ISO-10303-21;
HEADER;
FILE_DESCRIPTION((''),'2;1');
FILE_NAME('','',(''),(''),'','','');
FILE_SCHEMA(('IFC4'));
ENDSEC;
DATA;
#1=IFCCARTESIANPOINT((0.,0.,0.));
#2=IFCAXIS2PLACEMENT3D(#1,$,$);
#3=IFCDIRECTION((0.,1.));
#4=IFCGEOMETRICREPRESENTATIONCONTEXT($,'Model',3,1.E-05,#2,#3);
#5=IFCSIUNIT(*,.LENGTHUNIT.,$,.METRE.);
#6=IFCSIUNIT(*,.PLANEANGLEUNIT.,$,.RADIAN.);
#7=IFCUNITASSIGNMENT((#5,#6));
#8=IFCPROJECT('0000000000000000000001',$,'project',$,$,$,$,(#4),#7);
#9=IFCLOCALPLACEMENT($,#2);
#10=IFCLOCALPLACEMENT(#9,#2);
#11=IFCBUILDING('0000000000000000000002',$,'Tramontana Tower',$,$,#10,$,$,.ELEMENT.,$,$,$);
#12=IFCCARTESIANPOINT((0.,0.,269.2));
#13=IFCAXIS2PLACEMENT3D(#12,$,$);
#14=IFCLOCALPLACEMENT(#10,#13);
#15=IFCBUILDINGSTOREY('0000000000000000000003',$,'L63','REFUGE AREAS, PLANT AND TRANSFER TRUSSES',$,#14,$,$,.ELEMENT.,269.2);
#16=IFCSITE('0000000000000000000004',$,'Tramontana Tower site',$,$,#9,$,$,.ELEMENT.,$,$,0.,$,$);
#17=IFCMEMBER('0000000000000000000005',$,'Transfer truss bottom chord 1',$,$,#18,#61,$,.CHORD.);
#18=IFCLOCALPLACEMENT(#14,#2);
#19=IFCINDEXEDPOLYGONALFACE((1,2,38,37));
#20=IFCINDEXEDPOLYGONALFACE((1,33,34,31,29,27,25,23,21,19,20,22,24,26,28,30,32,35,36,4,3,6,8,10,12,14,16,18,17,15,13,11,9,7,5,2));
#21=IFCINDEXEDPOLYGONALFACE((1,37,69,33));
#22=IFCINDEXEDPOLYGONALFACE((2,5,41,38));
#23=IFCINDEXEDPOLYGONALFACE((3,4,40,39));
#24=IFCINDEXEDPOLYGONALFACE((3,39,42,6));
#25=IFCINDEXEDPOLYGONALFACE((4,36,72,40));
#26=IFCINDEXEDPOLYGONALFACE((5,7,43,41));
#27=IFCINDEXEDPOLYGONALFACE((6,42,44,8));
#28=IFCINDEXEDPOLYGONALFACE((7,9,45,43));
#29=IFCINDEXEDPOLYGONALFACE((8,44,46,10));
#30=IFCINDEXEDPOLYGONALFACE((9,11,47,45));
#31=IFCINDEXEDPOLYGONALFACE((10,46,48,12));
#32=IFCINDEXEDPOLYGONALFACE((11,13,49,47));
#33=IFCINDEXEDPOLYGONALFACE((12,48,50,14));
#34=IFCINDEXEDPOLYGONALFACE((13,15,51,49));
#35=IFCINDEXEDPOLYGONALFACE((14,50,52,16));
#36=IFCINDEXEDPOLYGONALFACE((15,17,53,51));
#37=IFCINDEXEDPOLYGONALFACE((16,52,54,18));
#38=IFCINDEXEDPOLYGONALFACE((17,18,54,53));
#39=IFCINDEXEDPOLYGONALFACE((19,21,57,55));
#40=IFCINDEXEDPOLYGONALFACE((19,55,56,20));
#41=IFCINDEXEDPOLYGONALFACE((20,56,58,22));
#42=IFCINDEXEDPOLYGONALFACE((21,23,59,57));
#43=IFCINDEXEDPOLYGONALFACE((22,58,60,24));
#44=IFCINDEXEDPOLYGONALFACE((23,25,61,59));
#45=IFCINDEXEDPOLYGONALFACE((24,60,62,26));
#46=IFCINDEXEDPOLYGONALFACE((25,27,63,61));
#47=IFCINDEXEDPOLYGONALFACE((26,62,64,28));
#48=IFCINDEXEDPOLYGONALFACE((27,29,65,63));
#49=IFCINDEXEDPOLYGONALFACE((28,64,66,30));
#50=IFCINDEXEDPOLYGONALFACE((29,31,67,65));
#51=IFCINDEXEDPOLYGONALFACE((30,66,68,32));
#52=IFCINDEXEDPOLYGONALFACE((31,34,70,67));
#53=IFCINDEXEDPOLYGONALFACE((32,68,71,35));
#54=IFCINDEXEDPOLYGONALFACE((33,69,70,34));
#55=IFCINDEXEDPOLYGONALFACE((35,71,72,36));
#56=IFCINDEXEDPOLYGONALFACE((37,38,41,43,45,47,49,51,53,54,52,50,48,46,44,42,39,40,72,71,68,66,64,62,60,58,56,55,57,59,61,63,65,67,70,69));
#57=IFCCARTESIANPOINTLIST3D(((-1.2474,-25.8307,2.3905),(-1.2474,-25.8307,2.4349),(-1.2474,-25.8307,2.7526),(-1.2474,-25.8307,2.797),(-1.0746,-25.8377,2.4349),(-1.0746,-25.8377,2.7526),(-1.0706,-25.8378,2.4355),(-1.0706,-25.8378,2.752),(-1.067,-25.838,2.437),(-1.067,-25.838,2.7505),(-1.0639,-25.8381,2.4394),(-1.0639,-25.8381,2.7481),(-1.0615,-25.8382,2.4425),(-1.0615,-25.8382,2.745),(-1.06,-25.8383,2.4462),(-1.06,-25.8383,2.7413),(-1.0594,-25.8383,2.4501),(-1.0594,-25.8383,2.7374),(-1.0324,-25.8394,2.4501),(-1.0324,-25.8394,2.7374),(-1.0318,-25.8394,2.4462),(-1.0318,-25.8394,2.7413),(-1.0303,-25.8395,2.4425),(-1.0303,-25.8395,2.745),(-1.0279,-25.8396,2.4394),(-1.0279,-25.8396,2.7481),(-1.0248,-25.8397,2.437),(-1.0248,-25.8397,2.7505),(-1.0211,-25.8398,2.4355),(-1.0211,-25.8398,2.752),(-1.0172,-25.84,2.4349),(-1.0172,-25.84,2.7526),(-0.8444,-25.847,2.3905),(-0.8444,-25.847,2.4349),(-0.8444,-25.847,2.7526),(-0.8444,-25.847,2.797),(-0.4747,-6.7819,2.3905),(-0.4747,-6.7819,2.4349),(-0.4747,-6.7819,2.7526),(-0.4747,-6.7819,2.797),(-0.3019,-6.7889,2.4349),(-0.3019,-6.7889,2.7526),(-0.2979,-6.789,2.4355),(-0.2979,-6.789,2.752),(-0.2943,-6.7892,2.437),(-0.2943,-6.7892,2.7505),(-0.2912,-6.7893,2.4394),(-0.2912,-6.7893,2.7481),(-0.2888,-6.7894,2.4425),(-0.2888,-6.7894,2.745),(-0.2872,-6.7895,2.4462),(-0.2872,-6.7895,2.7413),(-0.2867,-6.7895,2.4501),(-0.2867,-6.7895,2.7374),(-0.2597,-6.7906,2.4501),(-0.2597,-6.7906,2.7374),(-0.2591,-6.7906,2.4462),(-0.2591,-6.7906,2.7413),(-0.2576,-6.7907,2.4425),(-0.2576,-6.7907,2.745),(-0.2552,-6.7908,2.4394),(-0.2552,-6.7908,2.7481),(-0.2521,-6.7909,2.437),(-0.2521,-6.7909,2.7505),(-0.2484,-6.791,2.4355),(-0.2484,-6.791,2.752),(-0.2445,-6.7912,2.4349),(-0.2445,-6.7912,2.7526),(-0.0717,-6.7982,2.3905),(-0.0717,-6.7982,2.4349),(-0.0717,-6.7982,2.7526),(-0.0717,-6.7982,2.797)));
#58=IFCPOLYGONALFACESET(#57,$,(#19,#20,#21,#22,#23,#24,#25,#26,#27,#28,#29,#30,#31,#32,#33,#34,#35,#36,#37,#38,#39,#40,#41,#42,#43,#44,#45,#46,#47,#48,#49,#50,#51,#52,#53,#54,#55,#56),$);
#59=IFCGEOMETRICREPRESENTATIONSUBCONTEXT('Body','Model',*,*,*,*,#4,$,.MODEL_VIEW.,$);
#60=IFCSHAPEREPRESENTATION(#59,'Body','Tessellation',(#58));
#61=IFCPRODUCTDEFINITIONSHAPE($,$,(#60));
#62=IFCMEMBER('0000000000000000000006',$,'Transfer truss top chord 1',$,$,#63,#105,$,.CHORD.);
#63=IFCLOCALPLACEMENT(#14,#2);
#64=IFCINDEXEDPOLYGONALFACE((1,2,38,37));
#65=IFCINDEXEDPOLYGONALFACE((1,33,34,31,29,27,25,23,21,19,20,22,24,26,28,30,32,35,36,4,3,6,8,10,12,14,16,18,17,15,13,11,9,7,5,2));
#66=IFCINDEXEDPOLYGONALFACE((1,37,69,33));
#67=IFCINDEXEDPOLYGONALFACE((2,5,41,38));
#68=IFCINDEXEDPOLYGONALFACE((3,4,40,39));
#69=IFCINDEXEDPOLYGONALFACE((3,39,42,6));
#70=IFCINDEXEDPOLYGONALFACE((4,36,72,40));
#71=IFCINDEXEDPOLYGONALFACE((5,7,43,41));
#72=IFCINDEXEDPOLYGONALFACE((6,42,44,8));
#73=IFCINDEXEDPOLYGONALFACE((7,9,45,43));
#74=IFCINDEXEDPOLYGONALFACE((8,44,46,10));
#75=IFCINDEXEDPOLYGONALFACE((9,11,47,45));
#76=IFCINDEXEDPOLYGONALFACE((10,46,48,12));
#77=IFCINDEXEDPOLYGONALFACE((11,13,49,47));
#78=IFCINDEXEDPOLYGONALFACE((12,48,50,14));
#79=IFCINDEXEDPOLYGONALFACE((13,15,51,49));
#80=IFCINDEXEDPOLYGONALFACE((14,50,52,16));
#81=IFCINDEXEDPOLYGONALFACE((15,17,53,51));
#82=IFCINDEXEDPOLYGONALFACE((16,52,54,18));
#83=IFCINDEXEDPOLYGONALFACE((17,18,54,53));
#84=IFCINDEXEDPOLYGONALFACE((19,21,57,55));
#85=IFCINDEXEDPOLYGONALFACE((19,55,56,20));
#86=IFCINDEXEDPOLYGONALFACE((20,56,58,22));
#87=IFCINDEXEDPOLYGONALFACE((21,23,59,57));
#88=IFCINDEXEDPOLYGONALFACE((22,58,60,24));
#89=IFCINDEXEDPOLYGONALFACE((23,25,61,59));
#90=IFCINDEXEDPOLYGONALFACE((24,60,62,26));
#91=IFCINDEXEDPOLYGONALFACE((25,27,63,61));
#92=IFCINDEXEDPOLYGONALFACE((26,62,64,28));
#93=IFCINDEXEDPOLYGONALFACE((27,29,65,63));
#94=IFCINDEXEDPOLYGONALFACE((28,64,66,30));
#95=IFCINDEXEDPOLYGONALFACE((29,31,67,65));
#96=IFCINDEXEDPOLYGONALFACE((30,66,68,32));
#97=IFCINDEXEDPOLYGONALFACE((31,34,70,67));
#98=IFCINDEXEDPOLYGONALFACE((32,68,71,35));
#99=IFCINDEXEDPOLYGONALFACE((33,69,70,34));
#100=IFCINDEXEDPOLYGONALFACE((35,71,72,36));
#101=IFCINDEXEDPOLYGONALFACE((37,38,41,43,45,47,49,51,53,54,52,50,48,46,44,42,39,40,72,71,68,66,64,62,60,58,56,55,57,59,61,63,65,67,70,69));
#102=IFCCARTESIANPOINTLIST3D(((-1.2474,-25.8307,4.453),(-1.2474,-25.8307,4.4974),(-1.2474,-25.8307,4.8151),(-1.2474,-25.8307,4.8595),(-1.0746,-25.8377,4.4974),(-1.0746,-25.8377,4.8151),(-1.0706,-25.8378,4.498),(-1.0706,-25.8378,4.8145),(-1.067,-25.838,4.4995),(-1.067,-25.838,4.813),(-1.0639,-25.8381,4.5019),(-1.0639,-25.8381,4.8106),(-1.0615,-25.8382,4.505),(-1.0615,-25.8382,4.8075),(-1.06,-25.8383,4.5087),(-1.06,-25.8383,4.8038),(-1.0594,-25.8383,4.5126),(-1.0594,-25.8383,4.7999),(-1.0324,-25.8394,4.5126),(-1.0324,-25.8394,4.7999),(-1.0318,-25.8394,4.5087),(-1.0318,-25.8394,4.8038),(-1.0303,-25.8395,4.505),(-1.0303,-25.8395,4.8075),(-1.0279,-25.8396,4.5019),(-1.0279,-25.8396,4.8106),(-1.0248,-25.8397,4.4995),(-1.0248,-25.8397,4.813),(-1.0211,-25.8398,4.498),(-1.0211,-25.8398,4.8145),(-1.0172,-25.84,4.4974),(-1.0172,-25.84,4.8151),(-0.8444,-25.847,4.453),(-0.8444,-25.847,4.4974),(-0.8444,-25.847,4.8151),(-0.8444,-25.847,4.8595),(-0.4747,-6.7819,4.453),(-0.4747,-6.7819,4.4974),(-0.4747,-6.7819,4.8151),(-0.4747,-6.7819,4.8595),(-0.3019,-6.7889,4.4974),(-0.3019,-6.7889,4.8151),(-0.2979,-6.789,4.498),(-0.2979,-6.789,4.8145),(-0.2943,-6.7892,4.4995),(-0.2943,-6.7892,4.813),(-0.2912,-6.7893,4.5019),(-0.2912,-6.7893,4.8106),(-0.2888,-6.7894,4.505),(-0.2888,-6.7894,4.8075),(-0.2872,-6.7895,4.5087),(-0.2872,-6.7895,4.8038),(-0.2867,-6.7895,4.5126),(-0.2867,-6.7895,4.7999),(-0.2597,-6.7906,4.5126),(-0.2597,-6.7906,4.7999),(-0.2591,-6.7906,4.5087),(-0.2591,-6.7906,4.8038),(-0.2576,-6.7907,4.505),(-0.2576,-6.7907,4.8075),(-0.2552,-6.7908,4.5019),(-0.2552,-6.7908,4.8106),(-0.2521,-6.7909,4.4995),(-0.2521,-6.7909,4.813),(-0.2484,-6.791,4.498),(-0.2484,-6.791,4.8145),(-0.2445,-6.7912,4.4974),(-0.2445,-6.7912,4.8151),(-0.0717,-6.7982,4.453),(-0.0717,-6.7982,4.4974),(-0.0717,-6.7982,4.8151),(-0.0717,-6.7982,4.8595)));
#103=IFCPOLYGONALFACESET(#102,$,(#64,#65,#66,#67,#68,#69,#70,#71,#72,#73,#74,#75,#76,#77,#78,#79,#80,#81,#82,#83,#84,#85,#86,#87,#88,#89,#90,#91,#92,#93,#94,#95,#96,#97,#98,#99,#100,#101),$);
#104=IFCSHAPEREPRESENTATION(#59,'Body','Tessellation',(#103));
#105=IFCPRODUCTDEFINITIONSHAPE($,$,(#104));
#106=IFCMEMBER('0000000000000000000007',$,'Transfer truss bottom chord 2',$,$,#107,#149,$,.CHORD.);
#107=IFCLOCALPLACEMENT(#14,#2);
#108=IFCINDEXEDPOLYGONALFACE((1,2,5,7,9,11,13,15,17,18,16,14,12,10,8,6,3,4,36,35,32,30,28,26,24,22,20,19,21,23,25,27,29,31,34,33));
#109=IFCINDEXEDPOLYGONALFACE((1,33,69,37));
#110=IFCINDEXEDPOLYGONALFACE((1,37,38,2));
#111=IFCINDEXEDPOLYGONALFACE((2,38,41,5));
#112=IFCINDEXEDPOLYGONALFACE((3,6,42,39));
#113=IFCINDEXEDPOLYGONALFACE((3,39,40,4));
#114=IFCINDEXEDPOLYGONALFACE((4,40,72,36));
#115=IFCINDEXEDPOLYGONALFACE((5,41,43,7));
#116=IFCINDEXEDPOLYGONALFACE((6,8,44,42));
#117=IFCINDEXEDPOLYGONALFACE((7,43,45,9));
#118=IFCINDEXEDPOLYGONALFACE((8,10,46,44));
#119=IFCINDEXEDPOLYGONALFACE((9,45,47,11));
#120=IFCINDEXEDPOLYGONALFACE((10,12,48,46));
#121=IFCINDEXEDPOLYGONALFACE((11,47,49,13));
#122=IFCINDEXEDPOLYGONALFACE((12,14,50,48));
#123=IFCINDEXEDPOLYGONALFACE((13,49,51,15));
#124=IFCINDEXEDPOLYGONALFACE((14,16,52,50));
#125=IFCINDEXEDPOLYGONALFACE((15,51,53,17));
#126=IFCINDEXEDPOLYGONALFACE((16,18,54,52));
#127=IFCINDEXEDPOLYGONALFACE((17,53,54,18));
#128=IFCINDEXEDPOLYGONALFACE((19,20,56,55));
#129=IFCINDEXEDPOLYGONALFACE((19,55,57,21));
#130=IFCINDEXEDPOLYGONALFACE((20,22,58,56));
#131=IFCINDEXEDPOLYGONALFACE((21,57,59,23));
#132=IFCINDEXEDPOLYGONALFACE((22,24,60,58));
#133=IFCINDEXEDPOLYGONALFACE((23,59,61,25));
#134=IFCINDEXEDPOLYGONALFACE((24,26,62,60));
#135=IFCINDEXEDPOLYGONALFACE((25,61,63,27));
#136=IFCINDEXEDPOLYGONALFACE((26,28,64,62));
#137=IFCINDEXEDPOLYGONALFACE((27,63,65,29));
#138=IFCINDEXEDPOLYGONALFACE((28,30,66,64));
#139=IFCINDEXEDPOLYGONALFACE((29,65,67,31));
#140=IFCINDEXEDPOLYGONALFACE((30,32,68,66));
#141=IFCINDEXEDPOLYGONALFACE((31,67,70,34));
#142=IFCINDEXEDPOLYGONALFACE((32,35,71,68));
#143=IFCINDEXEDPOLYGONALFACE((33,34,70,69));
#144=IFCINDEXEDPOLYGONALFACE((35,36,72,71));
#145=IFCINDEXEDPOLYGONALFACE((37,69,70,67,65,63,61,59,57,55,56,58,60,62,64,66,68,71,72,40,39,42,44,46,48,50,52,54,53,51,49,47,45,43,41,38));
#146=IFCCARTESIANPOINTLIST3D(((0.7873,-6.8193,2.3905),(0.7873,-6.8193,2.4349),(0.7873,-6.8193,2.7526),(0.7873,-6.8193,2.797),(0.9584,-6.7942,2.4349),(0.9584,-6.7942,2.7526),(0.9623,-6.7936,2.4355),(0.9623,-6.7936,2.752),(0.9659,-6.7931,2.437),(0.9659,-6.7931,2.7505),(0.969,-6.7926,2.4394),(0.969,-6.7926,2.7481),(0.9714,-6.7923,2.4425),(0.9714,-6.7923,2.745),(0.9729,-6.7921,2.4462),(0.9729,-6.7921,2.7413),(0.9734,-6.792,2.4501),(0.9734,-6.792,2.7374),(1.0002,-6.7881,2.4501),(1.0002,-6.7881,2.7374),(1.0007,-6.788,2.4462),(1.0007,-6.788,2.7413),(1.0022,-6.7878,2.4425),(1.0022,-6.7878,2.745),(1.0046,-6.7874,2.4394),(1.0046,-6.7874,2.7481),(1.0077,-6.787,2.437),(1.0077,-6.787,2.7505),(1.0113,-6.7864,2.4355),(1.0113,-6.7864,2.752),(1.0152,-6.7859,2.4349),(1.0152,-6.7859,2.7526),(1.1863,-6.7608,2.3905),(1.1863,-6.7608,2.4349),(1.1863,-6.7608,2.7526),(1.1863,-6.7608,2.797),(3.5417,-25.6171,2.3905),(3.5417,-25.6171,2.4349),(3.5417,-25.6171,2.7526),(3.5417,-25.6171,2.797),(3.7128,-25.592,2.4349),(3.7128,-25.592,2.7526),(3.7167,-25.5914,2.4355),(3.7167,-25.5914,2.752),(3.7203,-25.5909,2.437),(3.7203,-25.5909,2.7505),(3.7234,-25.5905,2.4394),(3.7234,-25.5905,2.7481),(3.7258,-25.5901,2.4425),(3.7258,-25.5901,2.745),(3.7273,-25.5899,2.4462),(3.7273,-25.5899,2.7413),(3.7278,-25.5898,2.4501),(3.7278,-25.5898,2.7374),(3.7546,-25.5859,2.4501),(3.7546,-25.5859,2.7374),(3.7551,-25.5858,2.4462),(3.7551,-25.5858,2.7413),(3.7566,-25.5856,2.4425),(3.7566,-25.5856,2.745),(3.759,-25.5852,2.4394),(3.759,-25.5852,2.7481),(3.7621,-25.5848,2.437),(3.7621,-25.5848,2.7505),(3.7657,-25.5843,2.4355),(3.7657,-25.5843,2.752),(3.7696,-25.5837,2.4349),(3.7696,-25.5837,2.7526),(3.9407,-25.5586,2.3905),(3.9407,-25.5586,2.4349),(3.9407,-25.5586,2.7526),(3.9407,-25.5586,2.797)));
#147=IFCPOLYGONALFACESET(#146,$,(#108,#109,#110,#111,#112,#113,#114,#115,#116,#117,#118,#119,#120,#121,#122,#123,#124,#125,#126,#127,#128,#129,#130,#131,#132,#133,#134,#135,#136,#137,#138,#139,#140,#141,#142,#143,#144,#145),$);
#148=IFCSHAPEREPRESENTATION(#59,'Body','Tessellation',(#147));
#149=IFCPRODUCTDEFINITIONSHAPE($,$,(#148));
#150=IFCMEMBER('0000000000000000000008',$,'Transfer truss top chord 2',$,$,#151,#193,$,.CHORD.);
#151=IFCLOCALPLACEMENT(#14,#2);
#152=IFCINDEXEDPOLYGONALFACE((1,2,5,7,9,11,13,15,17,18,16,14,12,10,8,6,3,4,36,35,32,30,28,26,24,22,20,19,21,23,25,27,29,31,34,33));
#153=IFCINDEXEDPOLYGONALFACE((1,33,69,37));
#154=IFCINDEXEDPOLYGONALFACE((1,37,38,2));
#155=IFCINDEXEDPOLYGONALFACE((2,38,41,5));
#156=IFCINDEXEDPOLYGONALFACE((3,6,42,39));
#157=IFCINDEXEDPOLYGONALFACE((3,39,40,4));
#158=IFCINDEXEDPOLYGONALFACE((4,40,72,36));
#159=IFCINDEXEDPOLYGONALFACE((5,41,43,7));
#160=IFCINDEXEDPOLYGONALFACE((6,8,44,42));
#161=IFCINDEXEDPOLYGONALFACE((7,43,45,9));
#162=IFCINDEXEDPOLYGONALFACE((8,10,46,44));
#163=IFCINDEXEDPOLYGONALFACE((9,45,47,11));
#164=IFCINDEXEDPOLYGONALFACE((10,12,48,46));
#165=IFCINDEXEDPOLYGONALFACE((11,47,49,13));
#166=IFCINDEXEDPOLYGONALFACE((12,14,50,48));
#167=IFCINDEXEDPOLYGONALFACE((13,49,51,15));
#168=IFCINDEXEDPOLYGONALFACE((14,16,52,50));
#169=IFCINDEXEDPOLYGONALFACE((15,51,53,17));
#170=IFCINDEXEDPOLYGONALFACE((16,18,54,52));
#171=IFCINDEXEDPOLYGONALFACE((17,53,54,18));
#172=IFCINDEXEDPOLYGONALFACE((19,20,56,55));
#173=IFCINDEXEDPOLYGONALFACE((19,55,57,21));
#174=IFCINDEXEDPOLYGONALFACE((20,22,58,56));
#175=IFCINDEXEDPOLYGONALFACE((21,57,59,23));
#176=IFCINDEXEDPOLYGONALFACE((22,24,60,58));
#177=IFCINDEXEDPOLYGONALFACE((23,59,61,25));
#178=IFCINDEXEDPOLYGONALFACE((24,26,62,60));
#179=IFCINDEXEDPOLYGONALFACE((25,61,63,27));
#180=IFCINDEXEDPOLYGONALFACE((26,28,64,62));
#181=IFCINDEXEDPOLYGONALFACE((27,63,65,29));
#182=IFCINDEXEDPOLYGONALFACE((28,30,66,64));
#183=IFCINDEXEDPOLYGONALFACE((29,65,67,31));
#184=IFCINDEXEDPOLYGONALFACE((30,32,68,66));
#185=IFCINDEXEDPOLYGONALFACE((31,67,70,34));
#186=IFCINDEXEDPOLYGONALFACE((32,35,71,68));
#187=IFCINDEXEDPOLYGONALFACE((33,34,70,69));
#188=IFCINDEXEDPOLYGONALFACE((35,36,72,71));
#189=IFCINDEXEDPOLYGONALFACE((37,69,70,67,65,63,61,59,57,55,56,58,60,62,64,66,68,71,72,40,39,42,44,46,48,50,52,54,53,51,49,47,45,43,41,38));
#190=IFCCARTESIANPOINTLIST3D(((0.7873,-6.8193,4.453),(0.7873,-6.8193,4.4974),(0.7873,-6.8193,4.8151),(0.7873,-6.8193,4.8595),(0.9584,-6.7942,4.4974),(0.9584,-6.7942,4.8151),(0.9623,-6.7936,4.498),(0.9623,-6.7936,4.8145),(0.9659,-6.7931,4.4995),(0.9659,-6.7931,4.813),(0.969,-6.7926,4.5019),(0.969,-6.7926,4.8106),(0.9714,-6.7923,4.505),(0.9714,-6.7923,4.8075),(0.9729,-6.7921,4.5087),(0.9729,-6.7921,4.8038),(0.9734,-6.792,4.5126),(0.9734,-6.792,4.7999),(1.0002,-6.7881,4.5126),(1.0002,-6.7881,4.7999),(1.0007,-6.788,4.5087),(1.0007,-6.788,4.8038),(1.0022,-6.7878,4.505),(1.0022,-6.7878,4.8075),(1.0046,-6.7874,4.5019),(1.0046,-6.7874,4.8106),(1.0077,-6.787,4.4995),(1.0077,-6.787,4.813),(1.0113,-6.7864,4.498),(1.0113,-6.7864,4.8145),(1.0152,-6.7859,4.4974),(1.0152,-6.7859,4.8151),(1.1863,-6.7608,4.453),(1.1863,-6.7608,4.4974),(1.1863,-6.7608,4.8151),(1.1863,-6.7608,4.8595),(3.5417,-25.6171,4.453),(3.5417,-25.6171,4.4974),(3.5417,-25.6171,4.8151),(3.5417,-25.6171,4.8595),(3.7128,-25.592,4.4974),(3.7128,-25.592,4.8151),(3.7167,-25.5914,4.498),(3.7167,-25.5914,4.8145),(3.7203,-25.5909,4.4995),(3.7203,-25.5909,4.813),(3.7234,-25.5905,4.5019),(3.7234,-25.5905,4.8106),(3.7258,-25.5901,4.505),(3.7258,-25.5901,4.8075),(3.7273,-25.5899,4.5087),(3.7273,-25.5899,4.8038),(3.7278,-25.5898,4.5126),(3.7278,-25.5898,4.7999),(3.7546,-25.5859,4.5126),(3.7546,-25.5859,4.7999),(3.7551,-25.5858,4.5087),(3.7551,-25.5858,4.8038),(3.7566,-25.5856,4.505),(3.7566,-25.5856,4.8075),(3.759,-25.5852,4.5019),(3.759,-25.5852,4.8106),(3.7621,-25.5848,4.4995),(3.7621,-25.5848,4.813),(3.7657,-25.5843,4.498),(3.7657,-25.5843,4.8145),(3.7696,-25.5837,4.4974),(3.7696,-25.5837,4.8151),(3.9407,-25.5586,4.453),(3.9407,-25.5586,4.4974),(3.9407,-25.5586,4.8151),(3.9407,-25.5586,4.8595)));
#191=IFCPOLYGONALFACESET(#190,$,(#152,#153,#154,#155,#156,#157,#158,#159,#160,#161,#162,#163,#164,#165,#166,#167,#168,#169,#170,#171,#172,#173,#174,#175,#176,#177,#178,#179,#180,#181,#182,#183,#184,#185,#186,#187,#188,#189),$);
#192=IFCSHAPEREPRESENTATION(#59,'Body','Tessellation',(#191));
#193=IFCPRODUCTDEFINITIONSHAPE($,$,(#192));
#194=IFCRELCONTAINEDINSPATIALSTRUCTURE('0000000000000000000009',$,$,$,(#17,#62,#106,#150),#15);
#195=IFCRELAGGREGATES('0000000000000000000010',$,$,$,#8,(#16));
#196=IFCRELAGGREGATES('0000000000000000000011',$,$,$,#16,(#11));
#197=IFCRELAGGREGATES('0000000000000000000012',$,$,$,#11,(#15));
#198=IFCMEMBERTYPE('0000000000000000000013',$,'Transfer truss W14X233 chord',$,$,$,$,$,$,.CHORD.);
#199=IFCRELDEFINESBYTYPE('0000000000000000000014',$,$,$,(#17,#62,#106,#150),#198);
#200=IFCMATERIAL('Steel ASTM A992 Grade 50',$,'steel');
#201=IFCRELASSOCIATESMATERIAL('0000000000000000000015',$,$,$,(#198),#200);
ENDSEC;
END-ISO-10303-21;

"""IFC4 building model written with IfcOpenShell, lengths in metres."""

from ifc_helpers import new_model, si_unit, direction, frame, origin, origin_2d, place, context, subcontext, project, spatial, i_section, extrude, material, material_profile, profile_set, type_object, element, save


model = new_model("IFC4")

# Units and contexts
model_context = context("Model", 3, precision=1e-05, world=origin(), true_north=direction((0.0, 1.0)))
body_context = subcontext(model_context, "Body", "Model", "MODEL_VIEW")
ifc_project = project(units=[si_unit("LENGTHUNIT", "METRE"), si_unit("PLANEANGLEUNIT", "RADIAN")], contexts=[model_context])

# Site, building, storey
site_placement = place(None, origin())
site = spatial("IfcSite", under=ifc_project, at=site_placement, Name="Tramontana Tower site", CompositionType="ELEMENT", RefElevation=0.0)
building_placement = place(site_placement, origin())
building = spatial("IfcBuilding", under=site, at=building_placement, Name="Tramontana Tower", CompositionType="ELEMENT")
storey_placement = place(building_placement, frame((0.0, 0.0, 269.2)))
storey = spatial("IfcBuildingStorey", under=building, at=storey_placement, Name="L63", Description="REFUGE AREAS, PLANT AND TRANSFER TRUSSES", CompositionType="ELEMENT", Elevation=269.2)

# Members
ifc_material_1 = material(Name="Steel ASTM A992 Grade 50", Category="steel")
ifc_material_profile_1 = material_profile(ifc_material_1, i_section(OverallWidth=0.4033, OverallDepth=0.4065, WebThickness=0.0271, FlangeThickness=0.0444, FilletRadius=0.0151, at=origin_2d()), Name="W14X233")
ifc_profile_set_1 = profile_set([ifc_material_profile_1], Name="Steel ASTM A992 Grade 50")
member_type_1 = type_object("IfcMemberType", Name="Transfer truss W14X233 chord", PredefinedType="CHORD", material=ifc_profile_set_1)
for number, where, z_axis, x_axis, name in (
    (1, (-0.2732, -6.79, 2.5938), (-0.040531, -0.999178, 0.0), (0.999178, -0.040531, 0.0), "Transfer truss bottom chord 1"),
    (2, (-0.2732, -6.79, 4.6562), (-0.040531, -0.999178, 0.0), (0.999178, -0.040531, 0.0), "Transfer truss top chord 1"),
):
    element("IfcMember", number, at=place(storey_placement, frame(where, z_axis=z_axis, x_axis=x_axis)), inside=storey, type_object=member_type_1, Name=name, PredefinedType="CHORD", context=body_context, shape_type="SweptSolid", body=[
        extrude(i_section(OverallWidth=0.4033, OverallDepth=0.4065, WebThickness=0.0271, FlangeThickness=0.0444, FilletRadius=0.0151, at=origin_2d()), origin(), (0.0, 0.0, 1.0), 19.0645),
    ])
for number, where, z_axis, x_axis, name in (
    (3, (0.9868, -6.79, 2.5938), (0.144979, -0.989435, 0.0), (0.989435, 0.144979, 0.0), "Transfer truss bottom chord 2"),
    (4, (0.9868, -6.79, 4.6562), (0.144979, -0.989435, 0.0), (0.989435, 0.144979, 0.0), "Transfer truss top chord 2"),
):
    element("IfcMember", number, at=place(storey_placement, frame(where, z_axis=z_axis, x_axis=x_axis)), inside=storey, type_object=member_type_1, Name=name, PredefinedType="CHORD", context=body_context, shape_type="SweptSolid", body=[
        extrude(i_section(OverallWidth=0.4033, OverallDepth=0.4065, WebThickness=0.0271, FlangeThickness=0.0444, FilletRadius=0.0151, at=origin_2d()), origin(), (0.0, 0.0, 1.0), 18.9985),
    ])

save(model, "model.ifc")
